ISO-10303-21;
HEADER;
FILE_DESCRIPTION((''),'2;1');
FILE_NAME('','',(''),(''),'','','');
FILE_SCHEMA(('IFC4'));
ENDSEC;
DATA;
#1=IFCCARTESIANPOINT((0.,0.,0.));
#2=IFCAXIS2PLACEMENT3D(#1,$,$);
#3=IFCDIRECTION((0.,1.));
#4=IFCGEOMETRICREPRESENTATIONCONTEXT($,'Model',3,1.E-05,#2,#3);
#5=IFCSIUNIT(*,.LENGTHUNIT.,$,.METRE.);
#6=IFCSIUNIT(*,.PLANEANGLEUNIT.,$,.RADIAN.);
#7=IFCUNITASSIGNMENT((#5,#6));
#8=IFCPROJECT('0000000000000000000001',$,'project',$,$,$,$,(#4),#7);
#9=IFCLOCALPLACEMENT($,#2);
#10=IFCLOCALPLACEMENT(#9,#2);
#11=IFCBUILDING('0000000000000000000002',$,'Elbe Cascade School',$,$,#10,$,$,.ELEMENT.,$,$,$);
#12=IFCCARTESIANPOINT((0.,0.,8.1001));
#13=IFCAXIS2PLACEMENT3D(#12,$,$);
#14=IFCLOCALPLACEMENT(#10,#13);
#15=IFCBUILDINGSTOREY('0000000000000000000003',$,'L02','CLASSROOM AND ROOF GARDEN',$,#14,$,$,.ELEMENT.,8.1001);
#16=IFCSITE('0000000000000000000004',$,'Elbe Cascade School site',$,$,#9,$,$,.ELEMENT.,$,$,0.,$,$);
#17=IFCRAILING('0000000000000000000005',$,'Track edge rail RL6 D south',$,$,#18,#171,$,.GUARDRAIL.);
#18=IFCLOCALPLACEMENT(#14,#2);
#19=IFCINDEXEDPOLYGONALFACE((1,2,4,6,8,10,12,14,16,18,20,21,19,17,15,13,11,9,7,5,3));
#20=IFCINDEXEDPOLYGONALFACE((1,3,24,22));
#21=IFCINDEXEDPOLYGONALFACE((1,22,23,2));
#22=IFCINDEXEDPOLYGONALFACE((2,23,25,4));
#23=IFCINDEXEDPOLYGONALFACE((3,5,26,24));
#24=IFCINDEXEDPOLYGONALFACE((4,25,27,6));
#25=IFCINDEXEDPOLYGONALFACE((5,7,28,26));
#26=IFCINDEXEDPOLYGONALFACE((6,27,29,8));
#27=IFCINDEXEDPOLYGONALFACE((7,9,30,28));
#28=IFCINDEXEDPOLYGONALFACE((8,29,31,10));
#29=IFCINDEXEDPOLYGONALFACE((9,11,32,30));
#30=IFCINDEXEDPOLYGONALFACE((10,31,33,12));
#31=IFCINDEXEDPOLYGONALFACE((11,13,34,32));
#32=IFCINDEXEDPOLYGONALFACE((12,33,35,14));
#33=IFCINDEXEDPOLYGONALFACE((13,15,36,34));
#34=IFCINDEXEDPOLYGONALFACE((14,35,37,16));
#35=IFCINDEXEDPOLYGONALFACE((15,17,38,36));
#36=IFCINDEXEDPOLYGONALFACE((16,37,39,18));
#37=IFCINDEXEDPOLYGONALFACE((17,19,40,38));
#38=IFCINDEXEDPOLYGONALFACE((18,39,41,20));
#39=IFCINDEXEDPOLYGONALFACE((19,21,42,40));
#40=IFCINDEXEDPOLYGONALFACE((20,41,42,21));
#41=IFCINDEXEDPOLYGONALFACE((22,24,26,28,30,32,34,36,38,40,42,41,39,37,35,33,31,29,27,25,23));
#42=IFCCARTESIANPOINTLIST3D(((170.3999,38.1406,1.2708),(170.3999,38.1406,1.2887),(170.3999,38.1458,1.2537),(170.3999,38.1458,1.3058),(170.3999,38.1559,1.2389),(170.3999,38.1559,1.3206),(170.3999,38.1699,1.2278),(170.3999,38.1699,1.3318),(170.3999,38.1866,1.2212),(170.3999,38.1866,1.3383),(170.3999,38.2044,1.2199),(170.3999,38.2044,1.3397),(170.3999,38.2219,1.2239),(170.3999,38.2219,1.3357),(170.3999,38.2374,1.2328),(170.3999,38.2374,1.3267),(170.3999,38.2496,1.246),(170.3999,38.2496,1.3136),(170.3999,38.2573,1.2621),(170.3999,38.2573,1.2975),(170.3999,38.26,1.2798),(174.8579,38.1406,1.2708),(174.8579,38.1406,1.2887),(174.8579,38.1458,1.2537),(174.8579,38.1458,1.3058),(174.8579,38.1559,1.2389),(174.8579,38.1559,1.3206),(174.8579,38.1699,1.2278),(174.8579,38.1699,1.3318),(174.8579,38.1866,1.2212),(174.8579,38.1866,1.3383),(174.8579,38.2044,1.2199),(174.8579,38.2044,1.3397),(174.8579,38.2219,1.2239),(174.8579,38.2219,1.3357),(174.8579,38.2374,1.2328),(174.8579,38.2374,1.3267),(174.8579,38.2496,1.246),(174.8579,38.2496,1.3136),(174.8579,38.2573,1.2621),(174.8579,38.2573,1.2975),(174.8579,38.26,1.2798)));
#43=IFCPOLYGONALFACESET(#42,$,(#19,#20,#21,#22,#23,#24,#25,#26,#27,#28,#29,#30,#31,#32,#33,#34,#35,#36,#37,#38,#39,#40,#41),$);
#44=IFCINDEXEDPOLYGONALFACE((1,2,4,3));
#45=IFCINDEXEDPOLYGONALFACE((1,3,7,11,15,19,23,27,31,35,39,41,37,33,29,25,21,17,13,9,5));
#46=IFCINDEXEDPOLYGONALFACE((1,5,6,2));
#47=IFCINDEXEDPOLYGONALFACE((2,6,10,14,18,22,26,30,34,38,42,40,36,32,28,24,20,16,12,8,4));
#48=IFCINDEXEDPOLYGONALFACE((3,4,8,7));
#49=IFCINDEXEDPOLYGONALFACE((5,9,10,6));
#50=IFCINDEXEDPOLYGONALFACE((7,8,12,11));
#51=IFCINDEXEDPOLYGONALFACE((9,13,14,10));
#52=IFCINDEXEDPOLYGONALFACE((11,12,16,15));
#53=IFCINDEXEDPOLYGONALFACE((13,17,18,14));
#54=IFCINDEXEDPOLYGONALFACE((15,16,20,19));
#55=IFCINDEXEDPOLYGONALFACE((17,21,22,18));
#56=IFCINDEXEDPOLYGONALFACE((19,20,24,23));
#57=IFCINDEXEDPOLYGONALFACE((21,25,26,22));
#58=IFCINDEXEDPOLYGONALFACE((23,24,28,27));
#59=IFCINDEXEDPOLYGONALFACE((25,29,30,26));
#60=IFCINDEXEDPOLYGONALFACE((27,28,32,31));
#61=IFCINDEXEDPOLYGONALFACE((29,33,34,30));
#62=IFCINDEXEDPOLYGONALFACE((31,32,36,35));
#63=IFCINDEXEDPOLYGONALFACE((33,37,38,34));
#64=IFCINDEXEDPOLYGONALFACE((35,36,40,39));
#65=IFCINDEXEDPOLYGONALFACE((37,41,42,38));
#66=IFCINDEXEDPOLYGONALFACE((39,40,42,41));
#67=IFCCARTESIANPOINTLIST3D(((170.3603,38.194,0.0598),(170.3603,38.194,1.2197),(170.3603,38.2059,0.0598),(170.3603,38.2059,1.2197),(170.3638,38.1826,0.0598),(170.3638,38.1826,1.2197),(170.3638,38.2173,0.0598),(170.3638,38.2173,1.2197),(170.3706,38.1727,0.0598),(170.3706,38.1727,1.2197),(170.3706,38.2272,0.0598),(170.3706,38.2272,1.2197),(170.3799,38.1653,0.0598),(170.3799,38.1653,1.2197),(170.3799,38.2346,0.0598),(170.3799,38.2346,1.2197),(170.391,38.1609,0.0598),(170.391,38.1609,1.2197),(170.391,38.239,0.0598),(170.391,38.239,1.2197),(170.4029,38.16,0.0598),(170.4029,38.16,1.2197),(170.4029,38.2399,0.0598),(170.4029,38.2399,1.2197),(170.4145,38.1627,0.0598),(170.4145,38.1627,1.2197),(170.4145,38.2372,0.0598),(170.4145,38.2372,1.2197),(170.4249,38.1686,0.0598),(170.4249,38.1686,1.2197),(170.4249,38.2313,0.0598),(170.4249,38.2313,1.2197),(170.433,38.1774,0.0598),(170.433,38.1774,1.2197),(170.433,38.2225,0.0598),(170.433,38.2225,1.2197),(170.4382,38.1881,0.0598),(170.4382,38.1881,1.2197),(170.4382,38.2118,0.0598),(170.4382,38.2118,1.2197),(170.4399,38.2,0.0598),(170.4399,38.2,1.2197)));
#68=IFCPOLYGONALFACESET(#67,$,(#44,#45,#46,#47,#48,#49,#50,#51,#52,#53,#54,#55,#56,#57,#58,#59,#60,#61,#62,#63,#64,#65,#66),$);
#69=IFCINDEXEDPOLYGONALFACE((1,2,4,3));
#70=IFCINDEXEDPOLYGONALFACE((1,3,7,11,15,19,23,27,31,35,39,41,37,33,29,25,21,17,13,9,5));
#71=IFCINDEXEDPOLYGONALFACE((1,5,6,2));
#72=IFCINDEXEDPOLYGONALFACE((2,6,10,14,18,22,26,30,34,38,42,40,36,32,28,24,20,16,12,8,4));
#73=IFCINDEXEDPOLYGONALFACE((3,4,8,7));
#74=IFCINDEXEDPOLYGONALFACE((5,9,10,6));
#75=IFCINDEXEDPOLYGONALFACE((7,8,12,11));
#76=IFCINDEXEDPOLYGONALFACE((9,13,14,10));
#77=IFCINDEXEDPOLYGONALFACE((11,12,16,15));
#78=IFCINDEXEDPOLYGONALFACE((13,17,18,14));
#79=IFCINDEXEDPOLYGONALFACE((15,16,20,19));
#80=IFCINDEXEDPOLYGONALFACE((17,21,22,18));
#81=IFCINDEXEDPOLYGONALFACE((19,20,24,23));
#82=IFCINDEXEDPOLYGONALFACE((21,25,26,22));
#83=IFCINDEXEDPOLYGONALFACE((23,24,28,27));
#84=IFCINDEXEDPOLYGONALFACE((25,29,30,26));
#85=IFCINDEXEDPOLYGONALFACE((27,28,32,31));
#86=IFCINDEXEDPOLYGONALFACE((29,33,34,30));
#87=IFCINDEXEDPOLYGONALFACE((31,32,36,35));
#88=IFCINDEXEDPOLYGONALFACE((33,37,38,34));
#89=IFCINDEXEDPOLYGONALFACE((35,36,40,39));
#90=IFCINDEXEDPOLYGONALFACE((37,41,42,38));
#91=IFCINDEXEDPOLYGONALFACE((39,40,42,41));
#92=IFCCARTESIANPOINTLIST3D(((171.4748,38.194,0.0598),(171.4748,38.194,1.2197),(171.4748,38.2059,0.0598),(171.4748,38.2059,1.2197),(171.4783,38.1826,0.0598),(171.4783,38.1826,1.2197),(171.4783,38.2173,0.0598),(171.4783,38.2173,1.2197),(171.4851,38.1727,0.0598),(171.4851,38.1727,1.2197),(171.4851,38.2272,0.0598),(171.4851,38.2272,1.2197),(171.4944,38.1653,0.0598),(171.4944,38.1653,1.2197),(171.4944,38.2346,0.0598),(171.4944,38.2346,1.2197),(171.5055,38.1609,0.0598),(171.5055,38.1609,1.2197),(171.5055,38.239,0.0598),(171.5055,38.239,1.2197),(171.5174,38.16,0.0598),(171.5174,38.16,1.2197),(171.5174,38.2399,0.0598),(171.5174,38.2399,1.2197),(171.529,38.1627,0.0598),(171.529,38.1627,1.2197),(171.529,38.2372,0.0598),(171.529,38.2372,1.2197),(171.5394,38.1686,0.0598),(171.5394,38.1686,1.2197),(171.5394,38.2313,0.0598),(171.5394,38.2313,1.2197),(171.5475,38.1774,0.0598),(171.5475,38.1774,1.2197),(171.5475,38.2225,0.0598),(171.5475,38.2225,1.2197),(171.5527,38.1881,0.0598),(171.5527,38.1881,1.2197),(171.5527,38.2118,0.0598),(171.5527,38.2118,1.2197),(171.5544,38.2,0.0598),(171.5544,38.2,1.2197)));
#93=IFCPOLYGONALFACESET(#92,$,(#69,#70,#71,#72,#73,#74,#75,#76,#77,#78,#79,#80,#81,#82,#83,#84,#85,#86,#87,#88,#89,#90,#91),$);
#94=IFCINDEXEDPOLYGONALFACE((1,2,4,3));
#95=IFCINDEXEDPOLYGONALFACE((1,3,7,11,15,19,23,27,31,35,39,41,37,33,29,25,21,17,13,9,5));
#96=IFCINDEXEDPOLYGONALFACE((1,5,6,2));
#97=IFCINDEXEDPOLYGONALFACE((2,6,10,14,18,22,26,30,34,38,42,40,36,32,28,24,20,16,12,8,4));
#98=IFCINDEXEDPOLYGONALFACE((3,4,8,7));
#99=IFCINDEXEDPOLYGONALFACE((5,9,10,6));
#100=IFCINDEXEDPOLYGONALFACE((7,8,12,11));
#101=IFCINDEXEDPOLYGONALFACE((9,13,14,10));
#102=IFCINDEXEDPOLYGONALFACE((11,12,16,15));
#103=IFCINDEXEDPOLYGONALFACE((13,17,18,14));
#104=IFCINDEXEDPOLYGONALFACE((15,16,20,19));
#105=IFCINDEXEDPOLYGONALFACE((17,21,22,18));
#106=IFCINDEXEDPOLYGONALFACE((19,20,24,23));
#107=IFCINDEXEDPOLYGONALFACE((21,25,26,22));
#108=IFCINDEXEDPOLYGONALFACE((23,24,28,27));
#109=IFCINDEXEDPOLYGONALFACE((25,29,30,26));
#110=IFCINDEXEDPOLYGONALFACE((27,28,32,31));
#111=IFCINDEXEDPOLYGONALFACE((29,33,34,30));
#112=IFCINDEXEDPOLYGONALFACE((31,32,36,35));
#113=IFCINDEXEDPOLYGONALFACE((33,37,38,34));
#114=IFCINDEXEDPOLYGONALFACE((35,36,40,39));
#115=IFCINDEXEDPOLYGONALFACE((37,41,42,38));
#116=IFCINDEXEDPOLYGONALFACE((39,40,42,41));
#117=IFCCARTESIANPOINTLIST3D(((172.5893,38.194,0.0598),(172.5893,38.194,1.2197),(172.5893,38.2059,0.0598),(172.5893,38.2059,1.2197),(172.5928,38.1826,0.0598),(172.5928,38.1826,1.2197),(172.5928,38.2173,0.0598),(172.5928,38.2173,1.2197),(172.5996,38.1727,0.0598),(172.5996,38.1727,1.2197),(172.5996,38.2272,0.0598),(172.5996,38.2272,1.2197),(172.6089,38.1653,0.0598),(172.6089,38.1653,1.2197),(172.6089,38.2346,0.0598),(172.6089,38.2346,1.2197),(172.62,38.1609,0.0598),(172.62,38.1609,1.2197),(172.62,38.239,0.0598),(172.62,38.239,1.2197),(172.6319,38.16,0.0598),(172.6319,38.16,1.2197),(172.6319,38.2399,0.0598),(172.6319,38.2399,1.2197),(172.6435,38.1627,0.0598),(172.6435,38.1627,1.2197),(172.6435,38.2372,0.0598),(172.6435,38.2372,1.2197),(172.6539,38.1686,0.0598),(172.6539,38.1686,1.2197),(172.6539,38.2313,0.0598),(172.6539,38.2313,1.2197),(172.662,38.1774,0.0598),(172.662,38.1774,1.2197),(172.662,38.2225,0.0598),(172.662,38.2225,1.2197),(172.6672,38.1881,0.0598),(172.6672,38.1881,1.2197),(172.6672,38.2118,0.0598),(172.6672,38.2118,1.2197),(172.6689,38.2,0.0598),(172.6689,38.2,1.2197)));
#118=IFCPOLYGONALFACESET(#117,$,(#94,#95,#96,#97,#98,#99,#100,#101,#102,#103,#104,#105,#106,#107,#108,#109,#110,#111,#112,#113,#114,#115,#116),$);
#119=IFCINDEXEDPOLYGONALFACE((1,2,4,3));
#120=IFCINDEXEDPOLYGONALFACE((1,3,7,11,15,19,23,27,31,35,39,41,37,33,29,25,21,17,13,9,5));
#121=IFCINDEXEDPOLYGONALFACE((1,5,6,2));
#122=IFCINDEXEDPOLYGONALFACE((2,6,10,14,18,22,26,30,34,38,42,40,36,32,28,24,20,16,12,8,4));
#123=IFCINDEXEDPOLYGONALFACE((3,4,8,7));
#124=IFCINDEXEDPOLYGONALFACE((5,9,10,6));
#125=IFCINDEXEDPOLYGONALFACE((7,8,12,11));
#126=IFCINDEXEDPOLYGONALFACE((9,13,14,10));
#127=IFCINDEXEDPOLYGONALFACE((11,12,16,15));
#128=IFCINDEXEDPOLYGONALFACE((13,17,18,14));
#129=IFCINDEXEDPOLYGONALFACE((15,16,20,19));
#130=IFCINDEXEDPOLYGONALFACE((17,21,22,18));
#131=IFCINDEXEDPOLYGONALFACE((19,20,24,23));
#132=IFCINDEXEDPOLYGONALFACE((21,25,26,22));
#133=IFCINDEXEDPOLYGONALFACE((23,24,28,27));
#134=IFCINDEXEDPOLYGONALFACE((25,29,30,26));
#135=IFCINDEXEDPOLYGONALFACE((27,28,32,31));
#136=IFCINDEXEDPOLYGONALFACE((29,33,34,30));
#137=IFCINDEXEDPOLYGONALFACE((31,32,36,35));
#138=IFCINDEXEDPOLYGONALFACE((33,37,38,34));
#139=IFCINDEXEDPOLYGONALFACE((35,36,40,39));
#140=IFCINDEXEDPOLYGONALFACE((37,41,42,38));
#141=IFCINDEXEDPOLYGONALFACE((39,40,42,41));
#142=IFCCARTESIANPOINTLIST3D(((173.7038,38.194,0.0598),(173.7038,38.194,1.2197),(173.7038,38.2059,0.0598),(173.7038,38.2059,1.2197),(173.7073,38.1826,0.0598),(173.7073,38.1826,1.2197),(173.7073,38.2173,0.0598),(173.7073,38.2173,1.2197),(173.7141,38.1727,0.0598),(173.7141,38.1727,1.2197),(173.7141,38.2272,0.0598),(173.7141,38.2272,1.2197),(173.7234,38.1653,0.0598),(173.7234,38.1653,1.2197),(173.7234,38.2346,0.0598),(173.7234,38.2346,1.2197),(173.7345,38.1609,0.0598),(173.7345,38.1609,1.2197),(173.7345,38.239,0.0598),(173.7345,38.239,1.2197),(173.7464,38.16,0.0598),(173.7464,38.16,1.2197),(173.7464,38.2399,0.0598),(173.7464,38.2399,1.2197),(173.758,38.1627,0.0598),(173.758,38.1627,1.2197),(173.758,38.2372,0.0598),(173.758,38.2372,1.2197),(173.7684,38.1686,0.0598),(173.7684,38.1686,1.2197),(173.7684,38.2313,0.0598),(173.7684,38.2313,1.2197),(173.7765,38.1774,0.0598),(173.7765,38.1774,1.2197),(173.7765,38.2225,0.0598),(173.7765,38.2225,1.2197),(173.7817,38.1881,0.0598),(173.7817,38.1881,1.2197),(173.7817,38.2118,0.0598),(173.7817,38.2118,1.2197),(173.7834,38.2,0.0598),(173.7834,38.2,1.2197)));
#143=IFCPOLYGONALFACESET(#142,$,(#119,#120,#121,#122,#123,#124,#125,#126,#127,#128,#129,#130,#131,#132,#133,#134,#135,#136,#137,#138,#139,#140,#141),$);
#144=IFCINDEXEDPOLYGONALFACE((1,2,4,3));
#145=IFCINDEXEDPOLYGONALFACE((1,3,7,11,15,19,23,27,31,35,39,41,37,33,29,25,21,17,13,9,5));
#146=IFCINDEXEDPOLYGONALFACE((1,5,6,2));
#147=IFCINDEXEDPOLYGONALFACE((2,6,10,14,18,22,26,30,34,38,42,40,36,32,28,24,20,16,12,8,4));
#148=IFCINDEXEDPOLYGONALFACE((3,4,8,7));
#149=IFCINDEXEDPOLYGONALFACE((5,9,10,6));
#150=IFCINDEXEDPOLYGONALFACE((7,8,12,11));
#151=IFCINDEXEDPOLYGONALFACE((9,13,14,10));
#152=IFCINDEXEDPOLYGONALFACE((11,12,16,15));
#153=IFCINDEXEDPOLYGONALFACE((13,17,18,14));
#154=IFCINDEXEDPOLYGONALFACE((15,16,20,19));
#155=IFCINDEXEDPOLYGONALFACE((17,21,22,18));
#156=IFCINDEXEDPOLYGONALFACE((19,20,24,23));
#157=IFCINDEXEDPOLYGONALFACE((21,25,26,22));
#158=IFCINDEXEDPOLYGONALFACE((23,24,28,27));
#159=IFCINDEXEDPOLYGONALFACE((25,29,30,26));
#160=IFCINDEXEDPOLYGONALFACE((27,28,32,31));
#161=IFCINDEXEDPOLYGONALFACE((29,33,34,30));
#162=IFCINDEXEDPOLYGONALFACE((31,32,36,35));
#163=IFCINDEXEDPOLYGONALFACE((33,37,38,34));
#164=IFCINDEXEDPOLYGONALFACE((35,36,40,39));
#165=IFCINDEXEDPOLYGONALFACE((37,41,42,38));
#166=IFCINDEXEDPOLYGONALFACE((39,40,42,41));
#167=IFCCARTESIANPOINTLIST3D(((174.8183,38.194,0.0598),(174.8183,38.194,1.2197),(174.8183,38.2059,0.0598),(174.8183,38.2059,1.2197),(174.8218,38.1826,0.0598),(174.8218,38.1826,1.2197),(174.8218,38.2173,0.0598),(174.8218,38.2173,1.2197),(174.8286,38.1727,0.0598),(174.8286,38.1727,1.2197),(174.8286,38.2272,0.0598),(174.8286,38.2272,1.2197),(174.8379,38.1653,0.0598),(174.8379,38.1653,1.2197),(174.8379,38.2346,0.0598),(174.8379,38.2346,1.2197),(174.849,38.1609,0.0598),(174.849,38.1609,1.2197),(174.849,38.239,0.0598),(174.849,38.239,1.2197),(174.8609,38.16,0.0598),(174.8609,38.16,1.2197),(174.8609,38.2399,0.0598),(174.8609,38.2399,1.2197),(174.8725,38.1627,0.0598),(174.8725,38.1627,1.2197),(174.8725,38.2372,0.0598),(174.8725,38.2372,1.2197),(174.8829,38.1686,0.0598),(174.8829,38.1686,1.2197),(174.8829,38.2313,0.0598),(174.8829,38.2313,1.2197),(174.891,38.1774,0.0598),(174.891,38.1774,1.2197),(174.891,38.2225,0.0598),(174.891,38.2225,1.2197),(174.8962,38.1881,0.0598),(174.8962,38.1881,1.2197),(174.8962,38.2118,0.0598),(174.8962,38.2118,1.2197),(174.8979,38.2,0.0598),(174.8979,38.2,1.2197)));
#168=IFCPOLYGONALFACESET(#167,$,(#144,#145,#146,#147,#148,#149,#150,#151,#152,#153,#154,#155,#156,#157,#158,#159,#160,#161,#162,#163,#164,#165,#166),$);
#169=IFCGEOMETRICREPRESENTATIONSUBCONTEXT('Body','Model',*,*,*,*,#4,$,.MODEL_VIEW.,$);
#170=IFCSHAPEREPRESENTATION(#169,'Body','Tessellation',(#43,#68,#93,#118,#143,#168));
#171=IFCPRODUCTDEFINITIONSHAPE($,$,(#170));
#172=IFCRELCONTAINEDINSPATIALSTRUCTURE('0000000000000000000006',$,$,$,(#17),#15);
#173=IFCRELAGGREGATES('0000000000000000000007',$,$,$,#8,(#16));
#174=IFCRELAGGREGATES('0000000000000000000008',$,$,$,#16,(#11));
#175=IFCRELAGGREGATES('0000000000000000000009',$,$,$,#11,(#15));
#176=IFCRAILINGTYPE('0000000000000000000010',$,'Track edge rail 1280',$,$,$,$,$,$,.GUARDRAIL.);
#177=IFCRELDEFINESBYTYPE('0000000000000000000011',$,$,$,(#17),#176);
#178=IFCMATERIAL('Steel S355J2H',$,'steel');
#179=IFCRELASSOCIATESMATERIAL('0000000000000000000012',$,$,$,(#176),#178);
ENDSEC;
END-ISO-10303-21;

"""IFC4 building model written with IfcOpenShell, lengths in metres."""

from ifc_helpers import new_model, si_unit, direction, frame, origin, origin_2d, place, context, subcontext, project, spatial, circle, extrude, material, type_object, element, save


model = new_model("IFC4")

# Units and contexts
model_context = context("Model", 3, precision=1e-05, world=origin(), true_north=direction((0.0, 1.0)))
body_context = subcontext(model_context, "Body", "Model", "MODEL_VIEW")
ifc_project = project(units=[si_unit("LENGTHUNIT", "METRE"), si_unit("PLANEANGLEUNIT", "RADIAN")], contexts=[model_context])

# Site, building, storey
site_placement = place(None, origin())
site = spatial("IfcSite", under=ifc_project, at=site_placement, Name="Elbe Cascade School site", CompositionType="ELEMENT", RefElevation=0.0)
building_placement = place(site_placement, origin())
building = spatial("IfcBuilding", under=site, at=building_placement, Name="Elbe Cascade School", CompositionType="ELEMENT")
storey_placement = place(building_placement, frame((0.0, 0.0, 8.1001)))
storey = spatial("IfcBuildingStorey", under=building, at=storey_placement, Name="L02", Description="CLASSROOM AND ROOF GARDEN", CompositionType="ELEMENT", Elevation=8.1001)

# Railing
ifc_material_1 = material(Name="Steel S355J2H", Category="steel")
railing_type_1 = type_object("IfcRailingType", Name="Track edge rail 1280", PredefinedType="GUARDRAIL", material=ifc_material_1)
railing_1_placement = place(storey_placement, frame((170.3999, 38.2, 0.0598)))
element("IfcRailing", 1, at=railing_1_placement, inside=storey, type_object=railing_type_1, Name="Track edge rail RL6 D south", PredefinedType="GUARDRAIL", context=body_context, shape_type="SweptSolid", body=[
    extrude(circle(Radius=0.0601, at=origin_2d()), frame((0.0, 0.0, 1.22), z_axis=(1.0, 0.0, 0.0), x_axis=(0.0, 1.0, 0.0)), (0.0, 0.0, 1.0), 4.458),
    extrude(circle(Radius=0.04, at=origin_2d()), origin(), (0.0, 0.0, 1.0), 1.1599),
    extrude(circle(Radius=0.04, at=origin_2d()), frame((1.1145, 0.0, 0.0)), (0.0, 0.0, 1.0), 1.1599),
    extrude(circle(Radius=0.04, at=origin_2d()), frame((2.229, 0.0, 0.0)), (0.0, 0.0, 1.0), 1.1599),
    extrude(circle(Radius=0.04, at=origin_2d()), frame((3.3435, 0.0, 0.0)), (0.0, 0.0, 1.0), 1.1599),
    extrude(circle(Radius=0.04, at=origin_2d()), frame((4.458, 0.0, 0.0)), (0.0, 0.0, 1.0), 1.1599),
])

save(model, "model.ifc")
